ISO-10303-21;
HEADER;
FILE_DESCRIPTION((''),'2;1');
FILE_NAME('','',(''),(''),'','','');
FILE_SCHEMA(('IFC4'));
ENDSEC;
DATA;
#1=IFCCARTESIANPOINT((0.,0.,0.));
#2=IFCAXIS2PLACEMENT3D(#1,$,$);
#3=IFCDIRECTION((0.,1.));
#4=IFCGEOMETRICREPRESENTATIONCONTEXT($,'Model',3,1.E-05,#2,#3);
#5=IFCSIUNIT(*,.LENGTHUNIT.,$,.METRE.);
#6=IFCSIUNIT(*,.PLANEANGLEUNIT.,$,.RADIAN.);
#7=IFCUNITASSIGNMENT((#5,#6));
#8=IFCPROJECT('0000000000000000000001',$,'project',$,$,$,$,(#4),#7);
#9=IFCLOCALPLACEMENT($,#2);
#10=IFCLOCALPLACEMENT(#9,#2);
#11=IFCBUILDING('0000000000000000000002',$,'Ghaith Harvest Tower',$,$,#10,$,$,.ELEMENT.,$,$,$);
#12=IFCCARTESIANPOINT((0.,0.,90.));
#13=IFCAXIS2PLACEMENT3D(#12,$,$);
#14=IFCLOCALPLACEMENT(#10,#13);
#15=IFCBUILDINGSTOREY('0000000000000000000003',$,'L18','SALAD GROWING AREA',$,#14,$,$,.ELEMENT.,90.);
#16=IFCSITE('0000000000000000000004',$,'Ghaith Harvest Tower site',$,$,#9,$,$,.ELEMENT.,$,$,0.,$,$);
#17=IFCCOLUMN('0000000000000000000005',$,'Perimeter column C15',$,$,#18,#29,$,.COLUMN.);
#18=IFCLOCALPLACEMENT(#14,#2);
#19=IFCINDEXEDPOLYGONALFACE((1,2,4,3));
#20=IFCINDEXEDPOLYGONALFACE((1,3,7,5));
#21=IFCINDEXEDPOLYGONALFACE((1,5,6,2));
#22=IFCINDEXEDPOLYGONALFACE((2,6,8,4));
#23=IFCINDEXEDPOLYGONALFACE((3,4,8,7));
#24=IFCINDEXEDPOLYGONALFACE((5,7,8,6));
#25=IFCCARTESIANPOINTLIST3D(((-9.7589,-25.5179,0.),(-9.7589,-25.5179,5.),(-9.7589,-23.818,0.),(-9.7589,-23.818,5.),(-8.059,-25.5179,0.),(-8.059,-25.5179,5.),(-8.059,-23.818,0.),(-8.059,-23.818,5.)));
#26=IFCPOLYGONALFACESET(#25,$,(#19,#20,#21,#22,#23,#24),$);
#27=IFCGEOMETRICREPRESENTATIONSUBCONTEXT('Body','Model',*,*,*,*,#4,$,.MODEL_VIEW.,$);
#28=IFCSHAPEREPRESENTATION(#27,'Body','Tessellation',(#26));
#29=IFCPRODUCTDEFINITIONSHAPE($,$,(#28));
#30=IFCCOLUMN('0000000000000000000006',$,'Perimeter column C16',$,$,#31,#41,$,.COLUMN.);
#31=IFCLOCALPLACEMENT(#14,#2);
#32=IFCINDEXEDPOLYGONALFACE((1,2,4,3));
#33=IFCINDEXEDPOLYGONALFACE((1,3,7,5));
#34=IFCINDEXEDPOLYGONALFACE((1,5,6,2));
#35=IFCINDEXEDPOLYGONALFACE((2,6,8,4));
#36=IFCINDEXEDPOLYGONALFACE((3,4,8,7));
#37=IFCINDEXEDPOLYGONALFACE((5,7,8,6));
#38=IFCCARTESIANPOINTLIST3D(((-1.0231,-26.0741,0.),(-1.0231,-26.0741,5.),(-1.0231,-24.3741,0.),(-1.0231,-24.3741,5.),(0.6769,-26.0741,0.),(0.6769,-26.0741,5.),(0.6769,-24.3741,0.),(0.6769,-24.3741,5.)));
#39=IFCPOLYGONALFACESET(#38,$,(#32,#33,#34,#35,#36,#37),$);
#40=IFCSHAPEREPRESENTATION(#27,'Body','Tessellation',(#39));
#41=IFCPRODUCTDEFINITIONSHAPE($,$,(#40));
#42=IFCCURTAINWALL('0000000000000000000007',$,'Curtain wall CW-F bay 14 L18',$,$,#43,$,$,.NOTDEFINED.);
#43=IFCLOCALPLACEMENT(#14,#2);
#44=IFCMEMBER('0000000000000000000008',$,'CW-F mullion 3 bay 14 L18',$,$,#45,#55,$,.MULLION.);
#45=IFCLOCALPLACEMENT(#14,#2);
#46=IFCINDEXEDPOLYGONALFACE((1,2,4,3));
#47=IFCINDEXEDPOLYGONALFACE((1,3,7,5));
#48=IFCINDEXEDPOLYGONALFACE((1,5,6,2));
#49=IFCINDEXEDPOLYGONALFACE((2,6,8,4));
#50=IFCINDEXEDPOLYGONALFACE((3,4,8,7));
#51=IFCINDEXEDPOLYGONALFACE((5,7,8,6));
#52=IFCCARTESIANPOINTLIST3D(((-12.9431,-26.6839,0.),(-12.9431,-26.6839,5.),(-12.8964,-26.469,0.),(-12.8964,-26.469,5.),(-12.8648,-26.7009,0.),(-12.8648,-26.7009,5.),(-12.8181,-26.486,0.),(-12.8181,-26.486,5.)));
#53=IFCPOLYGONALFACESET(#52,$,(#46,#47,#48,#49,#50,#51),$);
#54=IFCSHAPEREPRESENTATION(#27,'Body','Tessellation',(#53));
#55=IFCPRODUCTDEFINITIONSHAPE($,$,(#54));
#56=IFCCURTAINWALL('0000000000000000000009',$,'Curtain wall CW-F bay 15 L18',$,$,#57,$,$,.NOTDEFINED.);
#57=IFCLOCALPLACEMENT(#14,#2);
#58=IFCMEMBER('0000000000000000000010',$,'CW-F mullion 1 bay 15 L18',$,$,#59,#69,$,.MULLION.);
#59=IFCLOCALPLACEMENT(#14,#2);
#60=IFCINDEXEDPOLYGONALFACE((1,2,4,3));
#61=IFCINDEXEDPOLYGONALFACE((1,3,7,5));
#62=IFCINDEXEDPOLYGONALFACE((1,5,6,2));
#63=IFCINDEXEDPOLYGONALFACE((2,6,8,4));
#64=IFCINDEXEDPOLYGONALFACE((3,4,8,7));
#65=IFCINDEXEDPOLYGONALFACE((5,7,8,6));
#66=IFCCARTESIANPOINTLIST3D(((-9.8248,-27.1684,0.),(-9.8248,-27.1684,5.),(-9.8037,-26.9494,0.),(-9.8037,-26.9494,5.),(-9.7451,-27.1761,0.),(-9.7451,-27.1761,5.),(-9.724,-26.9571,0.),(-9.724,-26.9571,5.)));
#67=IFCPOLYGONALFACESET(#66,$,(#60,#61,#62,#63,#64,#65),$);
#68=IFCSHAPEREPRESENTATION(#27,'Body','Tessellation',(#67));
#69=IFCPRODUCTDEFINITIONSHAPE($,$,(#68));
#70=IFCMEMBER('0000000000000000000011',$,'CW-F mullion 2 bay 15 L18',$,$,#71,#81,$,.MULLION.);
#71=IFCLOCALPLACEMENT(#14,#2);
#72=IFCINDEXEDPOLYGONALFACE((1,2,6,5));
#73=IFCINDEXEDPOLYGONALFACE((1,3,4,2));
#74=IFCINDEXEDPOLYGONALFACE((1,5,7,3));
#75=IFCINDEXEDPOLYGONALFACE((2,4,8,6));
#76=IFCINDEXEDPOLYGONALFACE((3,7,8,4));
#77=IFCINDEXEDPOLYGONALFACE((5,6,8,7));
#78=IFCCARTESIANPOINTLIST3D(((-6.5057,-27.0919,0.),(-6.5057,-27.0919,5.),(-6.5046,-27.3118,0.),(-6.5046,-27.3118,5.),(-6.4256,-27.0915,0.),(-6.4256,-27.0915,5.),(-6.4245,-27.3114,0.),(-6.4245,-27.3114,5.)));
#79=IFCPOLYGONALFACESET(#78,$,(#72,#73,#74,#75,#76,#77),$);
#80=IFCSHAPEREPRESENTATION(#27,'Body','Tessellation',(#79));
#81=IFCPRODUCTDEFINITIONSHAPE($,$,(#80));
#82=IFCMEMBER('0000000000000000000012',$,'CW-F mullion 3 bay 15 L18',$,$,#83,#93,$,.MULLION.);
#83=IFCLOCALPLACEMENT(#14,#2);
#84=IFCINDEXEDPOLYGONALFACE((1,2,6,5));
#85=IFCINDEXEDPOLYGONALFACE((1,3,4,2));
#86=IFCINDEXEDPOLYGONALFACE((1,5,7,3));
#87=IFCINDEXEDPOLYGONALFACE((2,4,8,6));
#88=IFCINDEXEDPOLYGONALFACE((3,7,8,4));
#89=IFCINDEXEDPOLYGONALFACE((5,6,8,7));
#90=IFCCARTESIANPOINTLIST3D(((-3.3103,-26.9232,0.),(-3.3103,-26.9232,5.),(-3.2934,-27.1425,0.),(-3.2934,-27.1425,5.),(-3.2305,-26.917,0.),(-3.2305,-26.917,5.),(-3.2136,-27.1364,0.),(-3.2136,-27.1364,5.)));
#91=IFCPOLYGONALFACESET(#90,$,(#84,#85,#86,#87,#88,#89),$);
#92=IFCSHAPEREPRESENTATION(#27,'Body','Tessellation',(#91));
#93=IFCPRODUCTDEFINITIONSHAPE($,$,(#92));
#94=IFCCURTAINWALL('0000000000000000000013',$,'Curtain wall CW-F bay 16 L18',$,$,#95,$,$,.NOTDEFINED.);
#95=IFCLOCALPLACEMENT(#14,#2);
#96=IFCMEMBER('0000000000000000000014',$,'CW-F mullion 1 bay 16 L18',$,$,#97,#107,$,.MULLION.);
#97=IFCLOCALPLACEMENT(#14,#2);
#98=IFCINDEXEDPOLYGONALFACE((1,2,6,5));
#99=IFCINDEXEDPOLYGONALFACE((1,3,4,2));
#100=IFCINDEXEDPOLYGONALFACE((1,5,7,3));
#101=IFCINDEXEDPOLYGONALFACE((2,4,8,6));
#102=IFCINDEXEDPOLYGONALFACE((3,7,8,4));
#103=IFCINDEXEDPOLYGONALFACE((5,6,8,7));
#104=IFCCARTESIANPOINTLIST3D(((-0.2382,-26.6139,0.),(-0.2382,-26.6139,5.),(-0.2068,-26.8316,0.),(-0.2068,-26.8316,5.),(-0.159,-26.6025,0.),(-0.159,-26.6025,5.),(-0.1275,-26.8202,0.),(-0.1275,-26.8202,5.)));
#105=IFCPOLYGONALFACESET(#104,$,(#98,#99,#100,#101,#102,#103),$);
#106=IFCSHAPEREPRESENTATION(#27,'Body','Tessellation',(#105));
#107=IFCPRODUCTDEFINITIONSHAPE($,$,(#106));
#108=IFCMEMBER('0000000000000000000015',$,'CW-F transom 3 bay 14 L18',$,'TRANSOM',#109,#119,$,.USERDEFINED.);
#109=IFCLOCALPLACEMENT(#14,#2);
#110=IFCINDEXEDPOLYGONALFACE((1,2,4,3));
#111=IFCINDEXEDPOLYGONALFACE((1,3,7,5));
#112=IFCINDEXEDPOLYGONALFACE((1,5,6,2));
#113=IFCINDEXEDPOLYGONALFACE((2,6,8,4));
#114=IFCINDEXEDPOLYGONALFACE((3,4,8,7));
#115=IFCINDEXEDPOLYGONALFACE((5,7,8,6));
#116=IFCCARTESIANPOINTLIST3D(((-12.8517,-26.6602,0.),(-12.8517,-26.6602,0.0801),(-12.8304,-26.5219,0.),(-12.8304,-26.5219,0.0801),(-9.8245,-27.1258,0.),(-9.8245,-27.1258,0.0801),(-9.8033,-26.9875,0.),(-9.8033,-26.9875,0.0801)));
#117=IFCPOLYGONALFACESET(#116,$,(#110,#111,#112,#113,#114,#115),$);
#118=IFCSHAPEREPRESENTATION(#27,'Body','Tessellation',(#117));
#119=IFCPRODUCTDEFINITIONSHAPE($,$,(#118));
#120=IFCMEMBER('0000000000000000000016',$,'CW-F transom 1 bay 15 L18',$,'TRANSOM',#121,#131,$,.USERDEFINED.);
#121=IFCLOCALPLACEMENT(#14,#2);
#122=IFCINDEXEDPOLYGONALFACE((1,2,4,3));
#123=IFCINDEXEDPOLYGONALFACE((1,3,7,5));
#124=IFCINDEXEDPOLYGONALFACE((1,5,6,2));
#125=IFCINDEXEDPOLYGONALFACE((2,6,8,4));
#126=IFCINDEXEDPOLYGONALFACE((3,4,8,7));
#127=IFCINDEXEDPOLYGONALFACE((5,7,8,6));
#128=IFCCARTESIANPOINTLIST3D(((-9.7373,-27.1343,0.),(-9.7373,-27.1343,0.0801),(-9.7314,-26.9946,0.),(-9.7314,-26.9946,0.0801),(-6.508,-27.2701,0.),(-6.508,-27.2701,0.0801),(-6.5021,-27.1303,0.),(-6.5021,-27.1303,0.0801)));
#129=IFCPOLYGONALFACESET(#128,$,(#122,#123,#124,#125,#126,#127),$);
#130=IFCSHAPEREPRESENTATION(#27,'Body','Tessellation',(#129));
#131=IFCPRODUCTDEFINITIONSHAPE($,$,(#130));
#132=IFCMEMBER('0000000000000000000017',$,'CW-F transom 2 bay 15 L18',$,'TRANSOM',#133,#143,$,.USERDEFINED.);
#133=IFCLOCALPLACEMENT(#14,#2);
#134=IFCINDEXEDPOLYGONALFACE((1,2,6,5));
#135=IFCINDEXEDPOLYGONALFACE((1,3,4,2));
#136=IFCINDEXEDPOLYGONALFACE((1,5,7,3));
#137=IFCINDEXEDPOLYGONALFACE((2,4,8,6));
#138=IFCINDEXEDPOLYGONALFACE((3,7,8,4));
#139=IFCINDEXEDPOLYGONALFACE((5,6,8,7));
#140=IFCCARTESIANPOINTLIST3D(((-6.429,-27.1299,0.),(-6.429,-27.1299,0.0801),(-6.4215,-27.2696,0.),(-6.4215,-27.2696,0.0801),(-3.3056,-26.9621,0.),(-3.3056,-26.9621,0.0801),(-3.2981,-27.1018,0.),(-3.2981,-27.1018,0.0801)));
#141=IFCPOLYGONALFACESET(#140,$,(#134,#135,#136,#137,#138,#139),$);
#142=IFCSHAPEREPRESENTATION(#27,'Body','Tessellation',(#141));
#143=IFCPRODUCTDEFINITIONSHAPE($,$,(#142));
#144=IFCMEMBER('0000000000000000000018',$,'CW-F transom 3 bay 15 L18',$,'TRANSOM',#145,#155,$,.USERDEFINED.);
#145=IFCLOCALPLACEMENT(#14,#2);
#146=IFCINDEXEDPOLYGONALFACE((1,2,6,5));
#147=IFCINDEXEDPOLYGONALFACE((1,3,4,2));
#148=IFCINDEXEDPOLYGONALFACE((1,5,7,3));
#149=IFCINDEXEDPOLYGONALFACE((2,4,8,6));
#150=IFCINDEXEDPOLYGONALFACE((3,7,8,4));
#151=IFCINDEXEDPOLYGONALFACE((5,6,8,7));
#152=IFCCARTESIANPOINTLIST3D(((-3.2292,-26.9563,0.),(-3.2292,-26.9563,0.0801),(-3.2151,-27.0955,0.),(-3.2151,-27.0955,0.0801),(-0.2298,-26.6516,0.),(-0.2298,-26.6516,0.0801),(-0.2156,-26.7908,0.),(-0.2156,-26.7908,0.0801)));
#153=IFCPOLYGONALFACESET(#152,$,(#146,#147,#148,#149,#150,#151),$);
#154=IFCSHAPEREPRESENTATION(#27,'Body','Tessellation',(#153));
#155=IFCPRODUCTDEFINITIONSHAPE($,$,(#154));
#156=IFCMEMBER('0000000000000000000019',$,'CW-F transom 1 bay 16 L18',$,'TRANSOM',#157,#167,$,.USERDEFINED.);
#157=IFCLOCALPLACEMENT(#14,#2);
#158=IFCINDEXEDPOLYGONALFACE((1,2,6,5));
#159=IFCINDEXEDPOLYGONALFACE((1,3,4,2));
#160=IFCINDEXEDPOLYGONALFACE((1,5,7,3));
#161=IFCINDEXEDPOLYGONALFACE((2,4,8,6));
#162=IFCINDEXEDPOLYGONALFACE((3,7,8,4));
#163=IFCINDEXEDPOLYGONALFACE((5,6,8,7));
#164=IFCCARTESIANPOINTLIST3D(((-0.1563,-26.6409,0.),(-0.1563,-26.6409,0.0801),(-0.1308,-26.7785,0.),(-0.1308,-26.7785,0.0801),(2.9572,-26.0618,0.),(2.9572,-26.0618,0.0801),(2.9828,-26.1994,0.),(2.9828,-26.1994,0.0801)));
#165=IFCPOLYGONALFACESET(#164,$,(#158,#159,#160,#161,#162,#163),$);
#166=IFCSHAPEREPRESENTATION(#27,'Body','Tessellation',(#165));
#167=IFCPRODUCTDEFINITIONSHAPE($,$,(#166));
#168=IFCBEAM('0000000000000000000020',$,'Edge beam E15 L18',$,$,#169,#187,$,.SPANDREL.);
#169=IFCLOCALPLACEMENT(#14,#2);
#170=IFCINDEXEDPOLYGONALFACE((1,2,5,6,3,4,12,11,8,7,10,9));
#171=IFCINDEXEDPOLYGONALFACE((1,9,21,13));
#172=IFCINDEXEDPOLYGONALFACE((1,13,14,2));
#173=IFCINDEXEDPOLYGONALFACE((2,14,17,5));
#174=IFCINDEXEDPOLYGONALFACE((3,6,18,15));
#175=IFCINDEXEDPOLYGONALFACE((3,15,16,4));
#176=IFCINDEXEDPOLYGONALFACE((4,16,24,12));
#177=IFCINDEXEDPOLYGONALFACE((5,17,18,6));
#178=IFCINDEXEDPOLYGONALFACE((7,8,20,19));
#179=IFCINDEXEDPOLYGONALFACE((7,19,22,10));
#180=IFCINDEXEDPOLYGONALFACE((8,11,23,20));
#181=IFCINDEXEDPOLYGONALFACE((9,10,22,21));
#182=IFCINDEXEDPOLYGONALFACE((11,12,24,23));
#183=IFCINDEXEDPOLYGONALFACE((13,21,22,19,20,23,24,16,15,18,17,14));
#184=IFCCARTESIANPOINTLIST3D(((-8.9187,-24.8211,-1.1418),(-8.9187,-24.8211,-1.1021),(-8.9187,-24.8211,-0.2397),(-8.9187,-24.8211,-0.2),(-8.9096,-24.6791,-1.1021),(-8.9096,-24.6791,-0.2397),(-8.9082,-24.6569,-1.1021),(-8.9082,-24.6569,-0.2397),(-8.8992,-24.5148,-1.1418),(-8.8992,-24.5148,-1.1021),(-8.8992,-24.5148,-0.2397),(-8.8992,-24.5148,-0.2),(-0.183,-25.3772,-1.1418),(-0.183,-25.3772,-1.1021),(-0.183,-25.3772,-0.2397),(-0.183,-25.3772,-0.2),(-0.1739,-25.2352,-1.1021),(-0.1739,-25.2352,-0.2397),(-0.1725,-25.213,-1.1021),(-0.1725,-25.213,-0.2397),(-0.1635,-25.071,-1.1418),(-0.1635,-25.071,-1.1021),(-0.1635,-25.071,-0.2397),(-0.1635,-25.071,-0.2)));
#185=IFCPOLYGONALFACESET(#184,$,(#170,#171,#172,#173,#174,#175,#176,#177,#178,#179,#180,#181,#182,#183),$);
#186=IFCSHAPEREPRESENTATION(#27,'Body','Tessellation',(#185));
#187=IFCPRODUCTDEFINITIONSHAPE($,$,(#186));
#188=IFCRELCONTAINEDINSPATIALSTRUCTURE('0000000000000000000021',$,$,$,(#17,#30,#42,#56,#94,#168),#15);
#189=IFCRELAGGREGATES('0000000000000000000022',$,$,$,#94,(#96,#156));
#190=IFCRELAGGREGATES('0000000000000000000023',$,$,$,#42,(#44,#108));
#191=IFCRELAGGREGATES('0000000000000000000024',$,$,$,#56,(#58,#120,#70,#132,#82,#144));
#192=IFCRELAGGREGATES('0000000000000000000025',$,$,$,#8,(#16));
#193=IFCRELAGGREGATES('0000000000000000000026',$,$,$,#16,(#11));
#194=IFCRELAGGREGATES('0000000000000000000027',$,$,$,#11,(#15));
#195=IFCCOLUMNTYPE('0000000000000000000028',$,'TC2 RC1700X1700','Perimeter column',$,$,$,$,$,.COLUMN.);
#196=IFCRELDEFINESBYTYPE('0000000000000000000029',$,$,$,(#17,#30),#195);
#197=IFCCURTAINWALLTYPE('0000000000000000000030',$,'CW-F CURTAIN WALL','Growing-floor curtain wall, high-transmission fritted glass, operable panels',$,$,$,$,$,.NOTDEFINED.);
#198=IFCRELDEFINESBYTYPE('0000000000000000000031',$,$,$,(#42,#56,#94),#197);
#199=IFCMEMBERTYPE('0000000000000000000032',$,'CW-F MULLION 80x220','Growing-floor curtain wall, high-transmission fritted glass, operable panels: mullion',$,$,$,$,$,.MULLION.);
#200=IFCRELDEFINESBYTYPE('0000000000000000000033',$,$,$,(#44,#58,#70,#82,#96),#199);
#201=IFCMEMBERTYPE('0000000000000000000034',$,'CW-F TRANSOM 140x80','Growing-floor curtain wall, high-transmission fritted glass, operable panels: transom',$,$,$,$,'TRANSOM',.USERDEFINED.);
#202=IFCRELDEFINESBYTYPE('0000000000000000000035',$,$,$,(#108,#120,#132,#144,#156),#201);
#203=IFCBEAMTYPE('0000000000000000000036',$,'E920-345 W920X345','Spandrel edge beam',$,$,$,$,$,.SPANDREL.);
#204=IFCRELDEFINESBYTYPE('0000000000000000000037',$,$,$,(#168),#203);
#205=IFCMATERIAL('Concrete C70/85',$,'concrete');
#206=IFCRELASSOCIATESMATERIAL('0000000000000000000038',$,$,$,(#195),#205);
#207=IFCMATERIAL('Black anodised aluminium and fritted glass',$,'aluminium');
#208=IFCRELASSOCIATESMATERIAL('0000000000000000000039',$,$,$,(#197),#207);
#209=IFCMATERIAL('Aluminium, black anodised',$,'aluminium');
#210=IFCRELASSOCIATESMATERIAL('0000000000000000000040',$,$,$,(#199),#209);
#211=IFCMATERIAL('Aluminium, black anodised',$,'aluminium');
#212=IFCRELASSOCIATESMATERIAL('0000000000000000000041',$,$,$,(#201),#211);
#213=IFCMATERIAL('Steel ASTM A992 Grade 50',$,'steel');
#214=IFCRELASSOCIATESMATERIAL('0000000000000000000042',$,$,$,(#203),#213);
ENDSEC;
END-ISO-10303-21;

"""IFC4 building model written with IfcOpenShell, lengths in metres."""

from ifc_helpers import new_model, si_unit, direction, frame, origin, origin_2d, place, context, subcontext, project, spatial, rectangle, i_section, extrude, material, material_profile, profile_set, type_object, element, aggregate, save


model = new_model("IFC4")

# Units and contexts
model_context = context("Model", 3, precision=1e-05, world=origin(), true_north=direction((0.0, 1.0)))
body_context = subcontext(model_context, "Body", "Model", "MODEL_VIEW")
ifc_project = project(units=[si_unit("LENGTHUNIT", "METRE"), si_unit("PLANEANGLEUNIT", "RADIAN")], contexts=[model_context])

# Site, building, storey
site_placement = place(None, origin())
site = spatial("IfcSite", under=ifc_project, at=site_placement, Name="Ghaith Harvest Tower site", CompositionType="ELEMENT", RefElevation=0.0)
building_placement = place(site_placement, origin())
building = spatial("IfcBuilding", under=site, at=building_placement, Name="Ghaith Harvest Tower", CompositionType="ELEMENT")
storey_placement = place(building_placement, frame((0.0, 0.0, 90.0)))
storey = spatial("IfcBuildingStorey", under=building, at=storey_placement, Name="L18", Description="SALAD GROWING AREA", CompositionType="ELEMENT", Elevation=90.0)

# Columns
ifc_material_1 = material(Name="Concrete C70/85", Category="concrete")
ifc_material_profile_1 = material_profile(ifc_material_1, rectangle(XDim=1.7, YDim=1.7, at=origin_2d()), Name="RC1700X1700")
ifc_profile_set_1 = profile_set([ifc_material_profile_1], Name="Concrete C70/85")
column_type = type_object("IfcColumnType", Name="TC2 RC1700X1700", Description="Perimeter column", PredefinedType="COLUMN", material=ifc_profile_set_1)
for number, where, z_axis, x_axis, name in (
    (1, (-8.9089, -24.668, 0.0), (0.0, 0.0, 1.0), (1.0, 0.0, 0.0), "Perimeter column C15"),
    (2, (-0.1731, -25.2241, 0.0), (0.0, 0.0, 1.0), (1.0, 0.0, 0.0), "Perimeter column C16"),
):
    element("IfcColumn", number, at=place(storey_placement, frame(where, z_axis=z_axis, x_axis=x_axis)), inside=storey, type_object=column_type, Name=name, PredefinedType="COLUMN", context=body_context, shape_type="SweptSolid", body=[
        extrude(rectangle(XDim=1.7, YDim=1.7, at=origin_2d()), origin(), (0.0, 0.0, 1.0), 5.0),
    ])

# Curtain wall, member
ifc_material_2 = material(Name="Black anodised aluminium and fritted glass", Category="aluminium")
curtain_wall_type = type_object("IfcCurtainWallType", Name="CW-F CURTAIN WALL", Description="Growing-floor curtain wall, high-transmission fritted glass, operable panels", PredefinedType="NOTDEFINED", material=ifc_material_2)
curtain_wall_1_placement = place(storey_placement, origin())
curtain_wall_1 = element("IfcCurtainWall", 3, at=curtain_wall_1_placement, inside=storey, type_object=curtain_wall_type, Name="Curtain wall CW-F bay 14 L18", PredefinedType="NOTDEFINED")
ifc_material_3 = material(Name="Aluminium, black anodised", Category="aluminium")
ifc_material_profile_2 = material_profile(ifc_material_3, rectangle(XDim=0.0801, YDim=0.22, at=origin_2d()), Name="CW-F MULLION 80x220")
ifc_profile_set_2 = profile_set([ifc_material_profile_2], Name="Aluminium, black anodised")
member_type_1 = type_object("IfcMemberType", Name="CW-F MULLION 80x220", Description="Growing-floor curtain wall, high-transmission fritted glass, operable panels: mullion", PredefinedType="MULLION", material=ifc_profile_set_2)
member_1_placement = place(storey_placement, frame((-12.8806, -26.585, 0.0), z_axis=(0.0, 0.0, 1.0), x_axis=(0.977207, -0.212289, 0.0)))
member_1 = element("IfcMember", 4, at=member_1_placement, type_object=member_type_1, Name="CW-F mullion 3 bay 14 L18", PredefinedType="MULLION", context=body_context, shape_type="SweptSolid", body=[
    extrude(rectangle(XDim=0.0801, YDim=0.22, at=origin_2d()), origin(), (0.0, 0.0, 1.0), 5.0),
])

# Curtain wall, members
curtain_wall_2_placement = place(storey_placement, origin())
curtain_wall_2 = element("IfcCurtainWall", 5, at=curtain_wall_2_placement, inside=storey, type_object=curtain_wall_type, Name="Curtain wall CW-F bay 15 L18", PredefinedType="NOTDEFINED")
member_2_placement = place(storey_placement, frame((-9.7744, -27.0627, 0.0), z_axis=(0.0, 0.0, 1.0), x_axis=(0.995408, -0.095718, 0.0)))
member_2 = element("IfcMember", 6, at=member_2_placement, type_object=member_type_1, Name="CW-F mullion 1 bay 15 L18", PredefinedType="MULLION", context=body_context, shape_type="SweptSolid", body=[
    extrude(rectangle(XDim=0.0801, YDim=0.22, at=origin_2d()), origin(), (0.0, 0.0, 1.0), 5.0),
])
member_3_placement = place(storey_placement, frame((-6.4651, -27.2017, 0.0), z_axis=(0.0, 0.0, 1.0), x_axis=(0.999987, 0.005058, 0.0)))
member_3 = element("IfcMember", 7, at=member_3_placement, type_object=member_type_1, Name="CW-F mullion 2 bay 15 L18", PredefinedType="MULLION", context=body_context, shape_type="SweptSolid", body=[
    extrude(rectangle(XDim=0.0801, YDim=0.22, at=origin_2d()), origin(), (0.0, 0.0, 1.0), 5.0),
])
member_4_placement = place(storey_placement, frame((-3.262, -27.0298, 0.0), z_axis=(0.0, 0.0, 1.0), x_axis=(0.997038, 0.076917, 0.0)))
member_4 = element("IfcMember", 8, at=member_4_placement, type_object=member_type_1, Name="CW-F mullion 3 bay 15 L18", PredefinedType="MULLION", context=body_context, shape_type="SweptSolid", body=[
    extrude(rectangle(XDim=0.0801, YDim=0.22, at=origin_2d()), origin(), (0.0, 0.0, 1.0), 5.0),
])

# Curtain wall, member
curtain_wall_3_placement = place(storey_placement, origin())
curtain_wall_3 = element("IfcCurtainWall", 9, at=curtain_wall_3_placement, inside=storey, type_object=curtain_wall_type, Name="Curtain wall CW-F bay 16 L18", PredefinedType="NOTDEFINED")
member_5_placement = place(storey_placement, frame((-0.1829, -26.717, 0.0), z_axis=(0.0, 0.0, 1.0), x_axis=(0.989712, 0.143075, 0.0)))
member_5 = element("IfcMember", 10, at=member_5_placement, type_object=member_type_1, Name="CW-F mullion 1 bay 16 L18", PredefinedType="MULLION", context=body_context, shape_type="SweptSolid", body=[
    extrude(rectangle(XDim=0.0801, YDim=0.22, at=origin_2d()), origin(), (0.0, 0.0, 1.0), 5.0),
])

# Members
ifc_material_4 = material(Name="Aluminium, black anodised", Category="aluminium")
ifc_material_profile_3 = material_profile(ifc_material_4, rectangle(XDim=0.1399, YDim=0.0801, at=origin_2d()), Name="CW-F TRANSOM 140x80")
ifc_profile_set_3 = profile_set([ifc_material_profile_3], Name="Aluminium, black anodised")
member_type_2 = type_object("IfcMemberType", Name="CW-F TRANSOM 140x80", Description="Growing-floor curtain wall, high-transmission fritted glass, operable panels: transom", ElementType="TRANSOM", PredefinedType="USERDEFINED", material=ifc_profile_set_3)
member_6_placement = place(storey_placement, frame((-12.8411, -26.5911, 0.04), z_axis=(0.988378, -0.152015, 0.0), x_axis=(0.152015, 0.988378, 0.0)))
member_6 = element("IfcMember", 11, at=member_6_placement, type_object=member_type_2, Name="CW-F transom 3 bay 14 L18", ObjectType="TRANSOM", PredefinedType="USERDEFINED", context=body_context, shape_type="SweptSolid", body=[
    extrude(rectangle(XDim=0.1399, YDim=0.0801, at=origin_2d()), origin(), (0.0, 0.0, 1.0), 3.0627),
])
member_7_placement = place(storey_placement, frame((-9.7344, -27.0645, 0.04), z_axis=(0.999118, -0.041998, 0.0), x_axis=(0.041998, 0.999118, 0.0)))
member_7 = element("IfcMember", 12, at=member_7_placement, type_object=member_type_2, Name="CW-F transom 1 bay 15 L18", ObjectType="TRANSOM", PredefinedType="USERDEFINED", context=body_context, shape_type="SweptSolid", body=[
    extrude(rectangle(XDim=0.1399, YDim=0.0801, at=origin_2d()), origin(), (0.0, 0.0, 1.0), 3.2322),
])
member_8_placement = place(storey_placement, frame((-6.4253, -27.1997, 0.04), z_axis=(0.998561, 0.05362, 0.0), x_axis=(-0.05362, 0.998561, 0.0)))
member_8 = element("IfcMember", 13, at=member_8_placement, type_object=member_type_2, Name="CW-F transom 2 bay 15 L18", ObjectType="TRANSOM", PredefinedType="USERDEFINED", context=body_context, shape_type="SweptSolid", body=[
    extrude(rectangle(XDim=0.1399, YDim=0.0801, at=origin_2d()), origin(), (0.0, 0.0, 1.0), 3.1279),
])
member_9_placement = place(storey_placement, frame((-3.2222, -27.0259, 0.04), z_axis=(0.99488, 0.101059, 0.0), x_axis=(-0.101059, 0.99488, 0.0)))
member_9 = element("IfcMember", 14, at=member_9_placement, type_object=member_type_2, Name="CW-F transom 3 bay 15 L18", ObjectType="TRANSOM", PredefinedType="USERDEFINED", context=body_context, shape_type="SweptSolid", body=[
    extrude(rectangle(XDim=0.1399, YDim=0.0801, at=origin_2d()), origin(), (0.0, 0.0, 1.0), 3.0149),
])
member_10_placement = place(storey_placement, frame((-0.1436, -26.7097, 0.04), z_axis=(0.983139, 0.182859, 0.0), x_axis=(-0.182859, 0.983139, 0.0)))
member_10 = element("IfcMember", 15, at=member_10_placement, type_object=member_type_2, Name="CW-F transom 1 bay 16 L18", ObjectType="TRANSOM", PredefinedType="USERDEFINED", context=body_context, shape_type="SweptSolid", body=[
    extrude(rectangle(XDim=0.1399, YDim=0.0801, at=origin_2d()), origin(), (0.0, 0.0, 1.0), 3.167),
])
aggregate(curtain_wall_3, [member_5, member_10])

# Beam
ifc_material_5 = material(Name="Steel ASTM A992 Grade 50", Category="steel")
ifc_material_profile_4 = material_profile(ifc_material_5, i_section(OverallWidth=0.3069, OverallDepth=0.9419, WebThickness=0.0222, FlangeThickness=0.0398, at=origin_2d()), Name="W920X345")
ifc_profile_set_4 = profile_set([ifc_material_profile_4], Name="Steel ASTM A992 Grade 50")
beam_type_1 = type_object("IfcBeamType", Name="E920-345 W920X345", Description="Spandrel edge beam", PredefinedType="SPANDREL", material=ifc_profile_set_4)
beam_1_placement = place(storey_placement, frame((-8.9089, -24.668, -0.6709), z_axis=(0.99798, -0.063535, 0.0), x_axis=(0.063535, 0.99798, 0.0)))
element("IfcBeam", 16, at=beam_1_placement, inside=storey, type_object=beam_type_1, Name="Edge beam E15 L18", PredefinedType="SPANDREL", context=body_context, shape_type="SweptSolid", body=[
    extrude(i_section(OverallWidth=0.3069, OverallDepth=0.9419, WebThickness=0.0222, FlangeThickness=0.0398, at=origin_2d()), origin(), (0.0, 0.0, 1.0), 8.7534),
])

aggregate(curtain_wall_1, [member_1, member_6])
aggregate(curtain_wall_2, [member_2, member_7, member_3, member_8, member_4, member_9])

save(model, "model.ifc")
